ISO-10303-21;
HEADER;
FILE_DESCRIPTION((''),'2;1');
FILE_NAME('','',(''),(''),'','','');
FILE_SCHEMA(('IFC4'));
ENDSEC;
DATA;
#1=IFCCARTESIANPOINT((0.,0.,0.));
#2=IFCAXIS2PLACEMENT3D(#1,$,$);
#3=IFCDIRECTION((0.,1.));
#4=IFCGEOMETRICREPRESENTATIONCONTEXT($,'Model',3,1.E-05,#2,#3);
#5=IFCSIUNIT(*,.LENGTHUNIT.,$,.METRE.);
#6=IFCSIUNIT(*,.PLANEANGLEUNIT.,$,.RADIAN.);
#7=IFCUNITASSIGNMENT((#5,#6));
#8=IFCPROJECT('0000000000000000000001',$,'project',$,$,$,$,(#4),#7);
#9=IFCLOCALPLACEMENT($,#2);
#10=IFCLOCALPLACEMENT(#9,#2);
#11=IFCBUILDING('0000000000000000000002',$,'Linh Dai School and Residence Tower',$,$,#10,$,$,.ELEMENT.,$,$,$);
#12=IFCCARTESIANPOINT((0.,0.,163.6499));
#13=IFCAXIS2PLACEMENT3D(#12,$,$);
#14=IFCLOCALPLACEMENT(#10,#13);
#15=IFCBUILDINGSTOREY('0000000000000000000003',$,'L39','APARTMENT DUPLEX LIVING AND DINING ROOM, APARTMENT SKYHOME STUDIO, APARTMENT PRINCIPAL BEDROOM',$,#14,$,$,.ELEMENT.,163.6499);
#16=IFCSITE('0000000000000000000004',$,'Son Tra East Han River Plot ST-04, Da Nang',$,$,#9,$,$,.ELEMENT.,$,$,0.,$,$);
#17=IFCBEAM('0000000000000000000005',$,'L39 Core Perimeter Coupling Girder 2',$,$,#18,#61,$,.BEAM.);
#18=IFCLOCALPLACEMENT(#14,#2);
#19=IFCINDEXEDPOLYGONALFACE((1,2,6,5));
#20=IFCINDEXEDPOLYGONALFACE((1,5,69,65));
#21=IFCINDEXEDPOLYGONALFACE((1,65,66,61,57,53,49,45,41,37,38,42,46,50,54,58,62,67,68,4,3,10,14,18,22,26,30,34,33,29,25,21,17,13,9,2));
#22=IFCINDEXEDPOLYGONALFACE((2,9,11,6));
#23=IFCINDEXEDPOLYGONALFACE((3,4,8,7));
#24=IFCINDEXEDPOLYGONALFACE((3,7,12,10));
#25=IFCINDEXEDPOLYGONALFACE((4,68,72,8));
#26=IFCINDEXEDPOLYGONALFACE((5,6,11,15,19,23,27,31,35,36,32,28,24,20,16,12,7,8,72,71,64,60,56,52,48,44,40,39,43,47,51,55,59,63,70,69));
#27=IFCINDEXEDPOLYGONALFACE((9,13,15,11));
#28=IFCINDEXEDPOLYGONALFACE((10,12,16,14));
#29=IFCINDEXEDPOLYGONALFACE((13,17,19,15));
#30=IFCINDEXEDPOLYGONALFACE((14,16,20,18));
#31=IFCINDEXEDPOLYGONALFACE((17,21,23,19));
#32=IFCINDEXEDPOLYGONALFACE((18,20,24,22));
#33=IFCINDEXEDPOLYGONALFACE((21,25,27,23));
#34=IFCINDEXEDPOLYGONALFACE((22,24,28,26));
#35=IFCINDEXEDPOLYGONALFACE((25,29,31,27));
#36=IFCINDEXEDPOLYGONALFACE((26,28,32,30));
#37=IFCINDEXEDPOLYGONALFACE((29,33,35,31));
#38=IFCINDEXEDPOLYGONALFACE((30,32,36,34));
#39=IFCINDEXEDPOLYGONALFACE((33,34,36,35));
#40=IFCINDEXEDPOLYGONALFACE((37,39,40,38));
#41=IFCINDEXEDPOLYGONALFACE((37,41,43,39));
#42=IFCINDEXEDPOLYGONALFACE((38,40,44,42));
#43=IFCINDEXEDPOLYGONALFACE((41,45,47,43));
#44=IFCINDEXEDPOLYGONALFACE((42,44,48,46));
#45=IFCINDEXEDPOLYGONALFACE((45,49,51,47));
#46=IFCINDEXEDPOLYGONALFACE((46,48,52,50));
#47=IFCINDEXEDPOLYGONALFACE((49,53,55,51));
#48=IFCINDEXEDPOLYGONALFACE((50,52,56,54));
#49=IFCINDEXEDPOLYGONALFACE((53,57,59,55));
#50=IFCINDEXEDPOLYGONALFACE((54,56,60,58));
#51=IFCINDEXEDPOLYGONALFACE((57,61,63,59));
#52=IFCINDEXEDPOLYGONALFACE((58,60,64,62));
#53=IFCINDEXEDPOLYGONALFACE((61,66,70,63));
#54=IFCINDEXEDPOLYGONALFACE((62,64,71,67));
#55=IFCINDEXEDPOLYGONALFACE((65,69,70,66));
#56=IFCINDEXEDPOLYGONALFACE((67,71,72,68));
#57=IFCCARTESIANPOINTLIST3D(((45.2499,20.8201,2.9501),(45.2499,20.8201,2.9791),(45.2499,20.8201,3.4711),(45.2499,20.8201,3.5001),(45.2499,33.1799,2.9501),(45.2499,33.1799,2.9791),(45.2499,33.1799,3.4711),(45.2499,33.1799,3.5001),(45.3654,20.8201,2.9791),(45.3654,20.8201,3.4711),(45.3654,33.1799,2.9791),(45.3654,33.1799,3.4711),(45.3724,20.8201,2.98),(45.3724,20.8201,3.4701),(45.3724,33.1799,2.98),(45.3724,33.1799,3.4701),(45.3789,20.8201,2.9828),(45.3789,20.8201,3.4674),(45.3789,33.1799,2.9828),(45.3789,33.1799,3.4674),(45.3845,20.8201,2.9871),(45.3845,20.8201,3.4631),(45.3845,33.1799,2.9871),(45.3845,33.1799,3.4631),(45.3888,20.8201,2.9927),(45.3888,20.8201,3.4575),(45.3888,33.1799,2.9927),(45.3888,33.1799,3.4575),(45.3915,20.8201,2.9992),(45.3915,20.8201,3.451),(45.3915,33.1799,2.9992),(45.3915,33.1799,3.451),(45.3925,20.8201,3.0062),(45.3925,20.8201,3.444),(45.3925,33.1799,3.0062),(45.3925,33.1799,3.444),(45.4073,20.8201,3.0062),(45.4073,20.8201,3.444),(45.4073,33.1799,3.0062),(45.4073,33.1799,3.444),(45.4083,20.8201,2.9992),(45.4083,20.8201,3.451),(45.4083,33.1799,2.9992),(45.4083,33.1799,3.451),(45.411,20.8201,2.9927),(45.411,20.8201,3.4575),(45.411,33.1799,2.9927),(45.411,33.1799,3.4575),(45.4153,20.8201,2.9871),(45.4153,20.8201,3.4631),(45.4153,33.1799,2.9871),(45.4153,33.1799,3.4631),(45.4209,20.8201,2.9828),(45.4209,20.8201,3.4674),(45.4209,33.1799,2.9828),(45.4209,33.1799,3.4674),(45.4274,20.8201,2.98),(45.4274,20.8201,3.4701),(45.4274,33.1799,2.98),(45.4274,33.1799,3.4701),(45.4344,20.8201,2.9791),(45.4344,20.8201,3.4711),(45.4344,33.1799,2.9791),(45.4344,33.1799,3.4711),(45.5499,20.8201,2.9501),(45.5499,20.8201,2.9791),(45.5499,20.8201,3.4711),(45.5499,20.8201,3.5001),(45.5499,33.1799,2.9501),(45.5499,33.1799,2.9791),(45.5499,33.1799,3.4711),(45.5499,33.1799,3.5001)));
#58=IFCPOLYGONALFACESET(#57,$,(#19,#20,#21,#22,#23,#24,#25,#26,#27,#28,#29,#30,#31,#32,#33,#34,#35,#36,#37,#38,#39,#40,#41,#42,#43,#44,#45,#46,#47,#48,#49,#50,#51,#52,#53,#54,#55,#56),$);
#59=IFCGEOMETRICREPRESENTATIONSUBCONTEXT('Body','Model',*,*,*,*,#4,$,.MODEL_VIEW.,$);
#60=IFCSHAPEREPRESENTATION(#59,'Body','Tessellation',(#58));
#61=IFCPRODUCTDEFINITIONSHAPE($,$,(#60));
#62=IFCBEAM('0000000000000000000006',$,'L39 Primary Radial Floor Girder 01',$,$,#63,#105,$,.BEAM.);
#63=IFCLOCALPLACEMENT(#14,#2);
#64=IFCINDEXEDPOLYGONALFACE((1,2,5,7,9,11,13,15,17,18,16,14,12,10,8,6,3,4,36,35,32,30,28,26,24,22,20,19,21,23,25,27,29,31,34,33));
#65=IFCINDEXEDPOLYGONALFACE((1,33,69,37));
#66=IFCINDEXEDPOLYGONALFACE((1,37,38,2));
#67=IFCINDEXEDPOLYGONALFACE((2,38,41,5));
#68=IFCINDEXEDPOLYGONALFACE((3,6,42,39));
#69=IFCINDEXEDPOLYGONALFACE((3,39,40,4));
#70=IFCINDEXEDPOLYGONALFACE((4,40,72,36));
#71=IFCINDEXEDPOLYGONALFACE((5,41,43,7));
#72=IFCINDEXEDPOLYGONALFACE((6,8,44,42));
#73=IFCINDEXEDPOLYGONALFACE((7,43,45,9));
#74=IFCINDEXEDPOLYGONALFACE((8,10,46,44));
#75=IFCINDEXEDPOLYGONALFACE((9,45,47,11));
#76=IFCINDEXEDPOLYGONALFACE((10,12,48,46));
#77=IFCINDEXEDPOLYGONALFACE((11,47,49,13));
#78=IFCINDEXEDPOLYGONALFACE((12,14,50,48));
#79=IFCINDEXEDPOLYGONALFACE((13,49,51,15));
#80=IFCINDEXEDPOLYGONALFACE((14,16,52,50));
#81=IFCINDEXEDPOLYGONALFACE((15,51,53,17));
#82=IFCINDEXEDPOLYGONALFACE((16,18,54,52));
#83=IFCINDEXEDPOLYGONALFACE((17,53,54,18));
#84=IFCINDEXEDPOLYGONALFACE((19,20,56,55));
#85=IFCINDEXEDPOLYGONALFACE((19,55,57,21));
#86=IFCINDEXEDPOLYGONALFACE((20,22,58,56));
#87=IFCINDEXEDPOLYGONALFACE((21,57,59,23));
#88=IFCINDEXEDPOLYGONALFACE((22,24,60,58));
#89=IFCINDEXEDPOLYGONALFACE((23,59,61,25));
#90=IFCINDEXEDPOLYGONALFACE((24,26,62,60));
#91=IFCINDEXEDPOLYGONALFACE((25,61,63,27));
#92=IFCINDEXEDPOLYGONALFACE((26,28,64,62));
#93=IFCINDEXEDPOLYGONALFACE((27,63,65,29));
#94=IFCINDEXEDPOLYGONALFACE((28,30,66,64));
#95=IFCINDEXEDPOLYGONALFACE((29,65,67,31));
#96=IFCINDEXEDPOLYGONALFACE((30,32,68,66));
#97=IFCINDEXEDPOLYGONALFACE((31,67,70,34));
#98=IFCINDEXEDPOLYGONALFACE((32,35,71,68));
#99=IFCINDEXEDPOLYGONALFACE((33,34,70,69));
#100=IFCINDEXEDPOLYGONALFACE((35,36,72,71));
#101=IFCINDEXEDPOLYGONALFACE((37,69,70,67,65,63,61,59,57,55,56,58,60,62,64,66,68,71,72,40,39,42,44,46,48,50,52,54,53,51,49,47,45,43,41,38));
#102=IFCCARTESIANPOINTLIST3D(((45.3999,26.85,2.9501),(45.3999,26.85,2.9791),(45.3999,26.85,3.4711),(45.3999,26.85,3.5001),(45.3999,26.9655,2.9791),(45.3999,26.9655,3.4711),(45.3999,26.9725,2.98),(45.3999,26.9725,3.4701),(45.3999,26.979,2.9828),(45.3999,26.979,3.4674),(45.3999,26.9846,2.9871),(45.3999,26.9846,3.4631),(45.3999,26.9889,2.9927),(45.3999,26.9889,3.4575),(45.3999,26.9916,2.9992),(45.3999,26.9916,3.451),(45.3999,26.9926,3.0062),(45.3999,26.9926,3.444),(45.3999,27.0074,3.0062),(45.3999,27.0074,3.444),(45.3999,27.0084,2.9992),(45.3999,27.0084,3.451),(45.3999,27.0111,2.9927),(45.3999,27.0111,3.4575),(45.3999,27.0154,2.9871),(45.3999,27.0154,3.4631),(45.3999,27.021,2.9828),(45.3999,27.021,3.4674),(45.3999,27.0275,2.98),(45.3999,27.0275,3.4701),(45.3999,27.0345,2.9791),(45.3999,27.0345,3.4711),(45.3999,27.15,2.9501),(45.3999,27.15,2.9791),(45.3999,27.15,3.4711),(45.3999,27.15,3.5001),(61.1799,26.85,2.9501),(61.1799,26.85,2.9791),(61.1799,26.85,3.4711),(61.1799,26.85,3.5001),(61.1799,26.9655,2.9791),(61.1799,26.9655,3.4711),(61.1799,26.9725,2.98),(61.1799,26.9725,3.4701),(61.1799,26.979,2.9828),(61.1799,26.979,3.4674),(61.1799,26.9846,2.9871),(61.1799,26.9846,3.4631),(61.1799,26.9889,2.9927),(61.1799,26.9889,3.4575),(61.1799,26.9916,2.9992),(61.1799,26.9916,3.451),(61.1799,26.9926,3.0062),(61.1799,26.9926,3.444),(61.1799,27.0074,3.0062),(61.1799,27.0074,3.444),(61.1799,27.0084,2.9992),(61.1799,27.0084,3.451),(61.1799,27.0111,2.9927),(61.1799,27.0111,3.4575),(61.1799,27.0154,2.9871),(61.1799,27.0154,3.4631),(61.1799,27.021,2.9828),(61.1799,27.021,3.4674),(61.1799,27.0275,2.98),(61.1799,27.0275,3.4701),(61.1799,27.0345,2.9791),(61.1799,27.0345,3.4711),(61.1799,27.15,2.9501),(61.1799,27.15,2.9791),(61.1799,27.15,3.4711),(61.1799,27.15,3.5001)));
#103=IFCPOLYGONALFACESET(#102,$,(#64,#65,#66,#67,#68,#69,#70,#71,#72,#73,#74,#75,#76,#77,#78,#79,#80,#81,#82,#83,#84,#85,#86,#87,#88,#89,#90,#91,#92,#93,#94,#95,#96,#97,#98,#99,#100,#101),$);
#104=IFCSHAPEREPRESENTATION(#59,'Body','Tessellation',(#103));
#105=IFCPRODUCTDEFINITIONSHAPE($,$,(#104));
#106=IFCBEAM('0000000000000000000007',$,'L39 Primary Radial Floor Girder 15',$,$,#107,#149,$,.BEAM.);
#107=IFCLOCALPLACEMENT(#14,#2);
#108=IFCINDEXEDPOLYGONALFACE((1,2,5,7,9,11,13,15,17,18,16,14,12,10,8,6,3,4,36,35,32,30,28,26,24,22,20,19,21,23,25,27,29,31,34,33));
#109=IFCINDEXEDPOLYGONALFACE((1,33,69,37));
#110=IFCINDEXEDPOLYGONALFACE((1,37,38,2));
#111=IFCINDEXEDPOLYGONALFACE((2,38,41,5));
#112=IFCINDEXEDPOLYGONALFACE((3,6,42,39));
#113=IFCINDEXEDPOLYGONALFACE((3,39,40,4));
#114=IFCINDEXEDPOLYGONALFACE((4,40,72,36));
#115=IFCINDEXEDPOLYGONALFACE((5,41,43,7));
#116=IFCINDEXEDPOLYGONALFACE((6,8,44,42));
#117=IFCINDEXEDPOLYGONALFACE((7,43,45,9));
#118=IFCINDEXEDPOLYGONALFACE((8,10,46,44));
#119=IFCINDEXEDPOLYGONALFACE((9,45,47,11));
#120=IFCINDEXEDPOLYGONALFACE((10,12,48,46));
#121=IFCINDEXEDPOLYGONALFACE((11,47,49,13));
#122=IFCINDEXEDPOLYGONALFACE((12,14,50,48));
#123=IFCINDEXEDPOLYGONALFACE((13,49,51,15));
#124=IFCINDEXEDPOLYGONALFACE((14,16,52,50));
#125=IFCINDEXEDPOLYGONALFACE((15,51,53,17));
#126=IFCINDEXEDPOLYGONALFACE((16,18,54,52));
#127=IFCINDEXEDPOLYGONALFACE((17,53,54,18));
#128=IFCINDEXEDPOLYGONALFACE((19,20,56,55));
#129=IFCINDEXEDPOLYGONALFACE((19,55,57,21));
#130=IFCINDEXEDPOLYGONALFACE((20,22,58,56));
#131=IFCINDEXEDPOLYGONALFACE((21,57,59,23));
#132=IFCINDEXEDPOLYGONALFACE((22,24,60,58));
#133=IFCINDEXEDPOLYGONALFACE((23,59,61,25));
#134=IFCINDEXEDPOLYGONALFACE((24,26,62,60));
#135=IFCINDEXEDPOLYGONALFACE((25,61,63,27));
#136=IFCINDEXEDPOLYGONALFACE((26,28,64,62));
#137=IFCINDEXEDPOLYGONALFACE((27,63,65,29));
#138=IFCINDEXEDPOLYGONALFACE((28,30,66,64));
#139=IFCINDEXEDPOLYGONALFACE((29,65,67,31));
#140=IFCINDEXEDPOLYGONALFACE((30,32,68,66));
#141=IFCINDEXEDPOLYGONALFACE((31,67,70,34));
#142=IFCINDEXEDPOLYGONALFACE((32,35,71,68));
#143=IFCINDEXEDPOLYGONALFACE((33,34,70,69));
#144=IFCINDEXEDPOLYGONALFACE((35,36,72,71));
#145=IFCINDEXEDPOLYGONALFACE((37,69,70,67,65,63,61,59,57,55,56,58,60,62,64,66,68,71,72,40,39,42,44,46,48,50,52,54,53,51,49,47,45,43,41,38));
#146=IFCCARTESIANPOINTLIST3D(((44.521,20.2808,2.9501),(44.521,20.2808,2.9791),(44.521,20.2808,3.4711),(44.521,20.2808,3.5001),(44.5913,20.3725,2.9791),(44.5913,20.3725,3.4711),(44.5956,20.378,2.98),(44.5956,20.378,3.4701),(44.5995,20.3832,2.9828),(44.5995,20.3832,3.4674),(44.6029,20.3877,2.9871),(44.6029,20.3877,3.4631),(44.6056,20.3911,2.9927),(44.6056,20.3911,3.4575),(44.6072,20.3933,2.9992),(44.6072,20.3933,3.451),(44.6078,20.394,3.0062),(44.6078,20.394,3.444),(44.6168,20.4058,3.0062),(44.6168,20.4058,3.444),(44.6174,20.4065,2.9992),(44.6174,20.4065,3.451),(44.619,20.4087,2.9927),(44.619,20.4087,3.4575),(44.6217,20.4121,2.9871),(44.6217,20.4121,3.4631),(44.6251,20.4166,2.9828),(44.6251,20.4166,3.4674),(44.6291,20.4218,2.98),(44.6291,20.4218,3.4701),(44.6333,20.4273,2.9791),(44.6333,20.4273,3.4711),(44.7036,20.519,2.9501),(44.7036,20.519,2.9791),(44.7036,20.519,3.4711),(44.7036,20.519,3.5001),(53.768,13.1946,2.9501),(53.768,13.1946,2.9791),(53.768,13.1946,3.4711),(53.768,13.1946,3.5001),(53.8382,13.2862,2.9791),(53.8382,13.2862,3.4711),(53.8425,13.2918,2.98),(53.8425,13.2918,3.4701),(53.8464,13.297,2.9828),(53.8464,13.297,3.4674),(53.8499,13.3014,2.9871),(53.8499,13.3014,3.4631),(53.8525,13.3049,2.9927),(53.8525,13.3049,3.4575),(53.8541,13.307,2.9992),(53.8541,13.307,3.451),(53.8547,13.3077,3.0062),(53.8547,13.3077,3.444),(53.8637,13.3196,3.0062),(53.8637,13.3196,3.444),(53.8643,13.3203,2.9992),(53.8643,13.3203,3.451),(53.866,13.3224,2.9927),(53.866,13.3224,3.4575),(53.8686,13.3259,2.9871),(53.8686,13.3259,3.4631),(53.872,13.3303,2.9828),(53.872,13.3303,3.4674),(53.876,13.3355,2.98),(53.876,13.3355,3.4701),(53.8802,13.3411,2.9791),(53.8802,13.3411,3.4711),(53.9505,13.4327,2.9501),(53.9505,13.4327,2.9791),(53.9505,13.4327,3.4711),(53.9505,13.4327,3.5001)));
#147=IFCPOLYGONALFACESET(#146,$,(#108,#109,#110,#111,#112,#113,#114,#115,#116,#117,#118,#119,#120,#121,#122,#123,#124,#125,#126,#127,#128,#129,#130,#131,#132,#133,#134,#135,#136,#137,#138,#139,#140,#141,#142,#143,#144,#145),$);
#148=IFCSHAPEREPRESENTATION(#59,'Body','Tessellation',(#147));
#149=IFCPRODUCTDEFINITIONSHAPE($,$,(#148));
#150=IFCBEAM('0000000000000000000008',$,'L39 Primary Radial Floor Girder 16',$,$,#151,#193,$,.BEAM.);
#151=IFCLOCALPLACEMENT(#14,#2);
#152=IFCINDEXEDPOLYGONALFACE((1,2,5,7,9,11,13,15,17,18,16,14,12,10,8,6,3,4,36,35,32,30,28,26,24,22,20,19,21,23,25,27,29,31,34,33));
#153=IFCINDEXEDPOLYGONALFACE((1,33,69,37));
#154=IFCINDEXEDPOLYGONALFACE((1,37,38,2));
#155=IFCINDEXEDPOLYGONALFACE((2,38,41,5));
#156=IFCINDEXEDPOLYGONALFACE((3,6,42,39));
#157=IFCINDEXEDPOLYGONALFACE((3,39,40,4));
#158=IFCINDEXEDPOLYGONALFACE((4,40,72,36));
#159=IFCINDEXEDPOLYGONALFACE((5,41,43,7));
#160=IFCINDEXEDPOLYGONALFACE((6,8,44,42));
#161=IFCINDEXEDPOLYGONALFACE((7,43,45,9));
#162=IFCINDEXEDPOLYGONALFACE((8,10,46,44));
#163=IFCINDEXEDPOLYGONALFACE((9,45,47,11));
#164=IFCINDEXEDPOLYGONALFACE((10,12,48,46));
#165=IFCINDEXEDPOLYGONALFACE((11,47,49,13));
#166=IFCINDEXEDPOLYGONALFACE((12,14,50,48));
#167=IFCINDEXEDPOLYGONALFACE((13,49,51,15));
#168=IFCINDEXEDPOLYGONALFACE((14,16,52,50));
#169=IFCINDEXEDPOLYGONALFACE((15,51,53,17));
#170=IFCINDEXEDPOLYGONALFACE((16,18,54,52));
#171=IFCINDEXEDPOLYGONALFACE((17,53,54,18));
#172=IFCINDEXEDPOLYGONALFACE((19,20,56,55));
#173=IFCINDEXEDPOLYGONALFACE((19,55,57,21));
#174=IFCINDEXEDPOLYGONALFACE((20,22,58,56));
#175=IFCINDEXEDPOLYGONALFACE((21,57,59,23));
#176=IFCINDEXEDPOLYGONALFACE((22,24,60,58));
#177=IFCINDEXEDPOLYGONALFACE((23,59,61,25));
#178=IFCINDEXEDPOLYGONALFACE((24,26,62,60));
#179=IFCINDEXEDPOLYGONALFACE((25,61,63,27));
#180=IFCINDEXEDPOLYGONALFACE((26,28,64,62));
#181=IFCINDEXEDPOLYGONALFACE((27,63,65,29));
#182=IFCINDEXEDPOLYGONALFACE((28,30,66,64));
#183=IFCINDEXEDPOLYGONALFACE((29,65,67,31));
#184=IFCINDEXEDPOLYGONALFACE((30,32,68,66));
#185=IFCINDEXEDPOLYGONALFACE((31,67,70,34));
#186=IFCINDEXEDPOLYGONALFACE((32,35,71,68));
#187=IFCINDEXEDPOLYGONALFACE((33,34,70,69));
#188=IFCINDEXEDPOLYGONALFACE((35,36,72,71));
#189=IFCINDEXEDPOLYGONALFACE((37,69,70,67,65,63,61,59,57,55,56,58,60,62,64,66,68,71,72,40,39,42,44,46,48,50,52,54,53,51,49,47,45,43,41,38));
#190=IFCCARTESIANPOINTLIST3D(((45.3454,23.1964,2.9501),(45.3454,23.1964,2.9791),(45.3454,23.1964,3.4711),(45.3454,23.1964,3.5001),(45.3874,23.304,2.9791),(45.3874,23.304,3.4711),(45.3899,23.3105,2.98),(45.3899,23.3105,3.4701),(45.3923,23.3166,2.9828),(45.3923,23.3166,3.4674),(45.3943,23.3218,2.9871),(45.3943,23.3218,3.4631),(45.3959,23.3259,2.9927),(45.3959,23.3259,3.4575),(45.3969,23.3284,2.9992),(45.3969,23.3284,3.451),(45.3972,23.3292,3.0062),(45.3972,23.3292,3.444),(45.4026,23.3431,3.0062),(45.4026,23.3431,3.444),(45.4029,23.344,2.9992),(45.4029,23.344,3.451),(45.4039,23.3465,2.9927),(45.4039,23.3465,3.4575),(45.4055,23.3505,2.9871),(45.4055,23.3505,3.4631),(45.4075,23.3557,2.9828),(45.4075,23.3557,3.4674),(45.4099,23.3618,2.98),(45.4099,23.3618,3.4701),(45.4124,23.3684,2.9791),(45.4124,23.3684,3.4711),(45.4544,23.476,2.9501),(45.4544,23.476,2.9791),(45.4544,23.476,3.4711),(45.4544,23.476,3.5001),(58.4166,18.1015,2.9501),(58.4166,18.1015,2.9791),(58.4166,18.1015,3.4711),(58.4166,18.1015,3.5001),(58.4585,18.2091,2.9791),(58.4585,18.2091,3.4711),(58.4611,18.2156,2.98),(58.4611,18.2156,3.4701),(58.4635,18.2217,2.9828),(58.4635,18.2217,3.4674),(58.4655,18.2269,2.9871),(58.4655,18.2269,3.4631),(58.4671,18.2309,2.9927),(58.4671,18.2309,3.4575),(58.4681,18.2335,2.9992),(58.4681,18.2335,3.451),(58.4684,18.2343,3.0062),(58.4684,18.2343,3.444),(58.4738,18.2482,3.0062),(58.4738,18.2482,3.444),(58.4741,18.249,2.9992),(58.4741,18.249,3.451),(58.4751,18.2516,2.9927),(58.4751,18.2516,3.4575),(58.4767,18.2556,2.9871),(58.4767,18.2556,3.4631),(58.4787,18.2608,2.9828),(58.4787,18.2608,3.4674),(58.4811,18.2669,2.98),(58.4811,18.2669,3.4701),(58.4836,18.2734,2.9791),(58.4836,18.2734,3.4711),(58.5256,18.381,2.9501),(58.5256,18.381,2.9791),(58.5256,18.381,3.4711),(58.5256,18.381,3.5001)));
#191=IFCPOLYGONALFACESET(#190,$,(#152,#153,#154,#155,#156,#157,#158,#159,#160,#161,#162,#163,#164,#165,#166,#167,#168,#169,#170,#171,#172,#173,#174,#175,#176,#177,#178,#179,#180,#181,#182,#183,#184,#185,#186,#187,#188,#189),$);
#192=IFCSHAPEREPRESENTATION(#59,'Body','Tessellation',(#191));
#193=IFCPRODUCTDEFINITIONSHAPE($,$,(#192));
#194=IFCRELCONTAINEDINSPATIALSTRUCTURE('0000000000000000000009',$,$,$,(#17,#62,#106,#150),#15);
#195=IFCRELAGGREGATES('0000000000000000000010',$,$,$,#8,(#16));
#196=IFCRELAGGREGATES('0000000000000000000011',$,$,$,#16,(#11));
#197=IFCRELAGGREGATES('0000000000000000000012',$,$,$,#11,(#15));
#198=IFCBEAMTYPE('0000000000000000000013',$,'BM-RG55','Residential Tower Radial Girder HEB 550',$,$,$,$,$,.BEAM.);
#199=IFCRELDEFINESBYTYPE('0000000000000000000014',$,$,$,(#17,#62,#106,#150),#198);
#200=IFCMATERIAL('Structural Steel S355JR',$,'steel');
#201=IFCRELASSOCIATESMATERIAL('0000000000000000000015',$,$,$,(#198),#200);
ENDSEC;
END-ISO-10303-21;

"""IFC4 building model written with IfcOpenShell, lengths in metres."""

from ifc_helpers import new_model, si_unit, direction, frame, origin, origin_2d, place, context, subcontext, project, spatial, i_section, extrude, material, material_profile, profile_set, type_object, element, save


model = new_model("IFC4")

# Units and contexts
model_context = context("Model", 3, precision=1e-05, world=origin(), true_north=direction((0.0, 1.0)))
body_context = subcontext(model_context, "Body", "Model", "MODEL_VIEW")
ifc_project = project(units=[si_unit("LENGTHUNIT", "METRE"), si_unit("PLANEANGLEUNIT", "RADIAN")], contexts=[model_context])

# Site, building, storey
site_placement = place(None, origin())
site = spatial("IfcSite", under=ifc_project, at=site_placement, Name="Son Tra East Han River Plot ST-04, Da Nang", CompositionType="ELEMENT", RefElevation=0.0)
building_placement = place(site_placement, origin())
building = spatial("IfcBuilding", under=site, at=building_placement, Name="Linh Dai School and Residence Tower", CompositionType="ELEMENT")
storey_placement = place(building_placement, frame((0.0, 0.0, 163.6499)))
storey = spatial("IfcBuildingStorey", under=building, at=storey_placement, Name="L39", Description="APARTMENT DUPLEX LIVING AND DINING ROOM, APARTMENT SKYHOME STUDIO, APARTMENT PRINCIPAL BEDROOM", CompositionType="ELEMENT", Elevation=163.6499)

# Shared definitions
ifc_material_1 = material(Name="Structural Steel S355JR", Category="steel")

# Beams
ifc_material_profile_1 = material_profile(ifc_material_1, i_section(OverallWidth=0.3, OverallDepth=0.55, WebThickness=0.0149, FlangeThickness=0.0291, FilletRadius=0.0271, at=origin_2d()), Name="HEB 550")
ifc_profile_set_1 = profile_set([ifc_material_profile_1], Name="Structural Steel S355JR")
beam_type_1 = type_object("IfcBeamType", Name="BM-RG55", Description="Residential Tower Radial Girder HEB 550", PredefinedType="BEAM", material=ifc_profile_set_1)
beam_1_placement = place(storey_placement, frame((45.3999, 20.8201, 3.2251), z_axis=(0.0, 1.0, 0.0), x_axis=(-1.0, 0.0, 0.0)))
element("IfcBeam", 1, at=beam_1_placement, inside=storey, type_object=beam_type_1, Name="L39 Core Perimeter Coupling Girder 2", PredefinedType="BEAM", context=body_context, shape_type="SweptSolid", body=[
    extrude(i_section(OverallWidth=0.3, OverallDepth=0.55, WebThickness=0.0149, FlangeThickness=0.0291, FilletRadius=0.0271, at=origin_2d()), origin(), (0.0, 0.0, 1.0), 12.3599),
])
beam_2_placement = place(storey_placement, frame((45.3999, 27.0, 3.2251), z_axis=(1.0, 0.0, 0.0), x_axis=(0.0, 1.0, 0.0)))
element("IfcBeam", 2, at=beam_2_placement, inside=storey, type_object=beam_type_1, Name="L39 Primary Radial Floor Girder 01", PredefinedType="BEAM", context=body_context, shape_type="SweptSolid", body=[
    extrude(i_section(OverallWidth=0.3, OverallDepth=0.55, WebThickness=0.0149, FlangeThickness=0.0291, FilletRadius=0.0271, at=origin_2d()), origin(), (0.0, 0.0, 1.0), 15.78),
])
beam_3_placement = place(storey_placement, frame((44.6123, 20.3999, 3.2251), z_axis=(0.793733, -0.608267, 0.0), x_axis=(0.608267, 0.793733, 0.0)))
element("IfcBeam", 3, at=beam_3_placement, inside=storey, type_object=beam_type_1, Name="L39 Primary Radial Floor Girder 15", PredefinedType="BEAM", context=body_context, shape_type="SweptSolid", body=[
    extrude(i_section(OverallWidth=0.3, OverallDepth=0.55, WebThickness=0.0149, FlangeThickness=0.0291, FilletRadius=0.0271, at=origin_2d()), origin(), (0.0, 0.0, 1.0), 11.6499),
])
beam_4_placement = place(storey_placement, frame((45.3999, 23.3362, 3.2251), z_axis=(0.931723, -0.36317, 0.0), x_axis=(0.36317, 0.931723, 0.0)))
element("IfcBeam", 4, at=beam_4_placement, inside=storey, type_object=beam_type_1, Name="L39 Primary Radial Floor Girder 16", PredefinedType="BEAM", context=body_context, shape_type="SweptSolid", body=[
    extrude(i_section(OverallWidth=0.3, OverallDepth=0.55, WebThickness=0.0149, FlangeThickness=0.0291, FilletRadius=0.0271, at=origin_2d()), origin(), (0.0, 0.0, 1.0), 14.0291),
])

save(model, "model.ifc")
